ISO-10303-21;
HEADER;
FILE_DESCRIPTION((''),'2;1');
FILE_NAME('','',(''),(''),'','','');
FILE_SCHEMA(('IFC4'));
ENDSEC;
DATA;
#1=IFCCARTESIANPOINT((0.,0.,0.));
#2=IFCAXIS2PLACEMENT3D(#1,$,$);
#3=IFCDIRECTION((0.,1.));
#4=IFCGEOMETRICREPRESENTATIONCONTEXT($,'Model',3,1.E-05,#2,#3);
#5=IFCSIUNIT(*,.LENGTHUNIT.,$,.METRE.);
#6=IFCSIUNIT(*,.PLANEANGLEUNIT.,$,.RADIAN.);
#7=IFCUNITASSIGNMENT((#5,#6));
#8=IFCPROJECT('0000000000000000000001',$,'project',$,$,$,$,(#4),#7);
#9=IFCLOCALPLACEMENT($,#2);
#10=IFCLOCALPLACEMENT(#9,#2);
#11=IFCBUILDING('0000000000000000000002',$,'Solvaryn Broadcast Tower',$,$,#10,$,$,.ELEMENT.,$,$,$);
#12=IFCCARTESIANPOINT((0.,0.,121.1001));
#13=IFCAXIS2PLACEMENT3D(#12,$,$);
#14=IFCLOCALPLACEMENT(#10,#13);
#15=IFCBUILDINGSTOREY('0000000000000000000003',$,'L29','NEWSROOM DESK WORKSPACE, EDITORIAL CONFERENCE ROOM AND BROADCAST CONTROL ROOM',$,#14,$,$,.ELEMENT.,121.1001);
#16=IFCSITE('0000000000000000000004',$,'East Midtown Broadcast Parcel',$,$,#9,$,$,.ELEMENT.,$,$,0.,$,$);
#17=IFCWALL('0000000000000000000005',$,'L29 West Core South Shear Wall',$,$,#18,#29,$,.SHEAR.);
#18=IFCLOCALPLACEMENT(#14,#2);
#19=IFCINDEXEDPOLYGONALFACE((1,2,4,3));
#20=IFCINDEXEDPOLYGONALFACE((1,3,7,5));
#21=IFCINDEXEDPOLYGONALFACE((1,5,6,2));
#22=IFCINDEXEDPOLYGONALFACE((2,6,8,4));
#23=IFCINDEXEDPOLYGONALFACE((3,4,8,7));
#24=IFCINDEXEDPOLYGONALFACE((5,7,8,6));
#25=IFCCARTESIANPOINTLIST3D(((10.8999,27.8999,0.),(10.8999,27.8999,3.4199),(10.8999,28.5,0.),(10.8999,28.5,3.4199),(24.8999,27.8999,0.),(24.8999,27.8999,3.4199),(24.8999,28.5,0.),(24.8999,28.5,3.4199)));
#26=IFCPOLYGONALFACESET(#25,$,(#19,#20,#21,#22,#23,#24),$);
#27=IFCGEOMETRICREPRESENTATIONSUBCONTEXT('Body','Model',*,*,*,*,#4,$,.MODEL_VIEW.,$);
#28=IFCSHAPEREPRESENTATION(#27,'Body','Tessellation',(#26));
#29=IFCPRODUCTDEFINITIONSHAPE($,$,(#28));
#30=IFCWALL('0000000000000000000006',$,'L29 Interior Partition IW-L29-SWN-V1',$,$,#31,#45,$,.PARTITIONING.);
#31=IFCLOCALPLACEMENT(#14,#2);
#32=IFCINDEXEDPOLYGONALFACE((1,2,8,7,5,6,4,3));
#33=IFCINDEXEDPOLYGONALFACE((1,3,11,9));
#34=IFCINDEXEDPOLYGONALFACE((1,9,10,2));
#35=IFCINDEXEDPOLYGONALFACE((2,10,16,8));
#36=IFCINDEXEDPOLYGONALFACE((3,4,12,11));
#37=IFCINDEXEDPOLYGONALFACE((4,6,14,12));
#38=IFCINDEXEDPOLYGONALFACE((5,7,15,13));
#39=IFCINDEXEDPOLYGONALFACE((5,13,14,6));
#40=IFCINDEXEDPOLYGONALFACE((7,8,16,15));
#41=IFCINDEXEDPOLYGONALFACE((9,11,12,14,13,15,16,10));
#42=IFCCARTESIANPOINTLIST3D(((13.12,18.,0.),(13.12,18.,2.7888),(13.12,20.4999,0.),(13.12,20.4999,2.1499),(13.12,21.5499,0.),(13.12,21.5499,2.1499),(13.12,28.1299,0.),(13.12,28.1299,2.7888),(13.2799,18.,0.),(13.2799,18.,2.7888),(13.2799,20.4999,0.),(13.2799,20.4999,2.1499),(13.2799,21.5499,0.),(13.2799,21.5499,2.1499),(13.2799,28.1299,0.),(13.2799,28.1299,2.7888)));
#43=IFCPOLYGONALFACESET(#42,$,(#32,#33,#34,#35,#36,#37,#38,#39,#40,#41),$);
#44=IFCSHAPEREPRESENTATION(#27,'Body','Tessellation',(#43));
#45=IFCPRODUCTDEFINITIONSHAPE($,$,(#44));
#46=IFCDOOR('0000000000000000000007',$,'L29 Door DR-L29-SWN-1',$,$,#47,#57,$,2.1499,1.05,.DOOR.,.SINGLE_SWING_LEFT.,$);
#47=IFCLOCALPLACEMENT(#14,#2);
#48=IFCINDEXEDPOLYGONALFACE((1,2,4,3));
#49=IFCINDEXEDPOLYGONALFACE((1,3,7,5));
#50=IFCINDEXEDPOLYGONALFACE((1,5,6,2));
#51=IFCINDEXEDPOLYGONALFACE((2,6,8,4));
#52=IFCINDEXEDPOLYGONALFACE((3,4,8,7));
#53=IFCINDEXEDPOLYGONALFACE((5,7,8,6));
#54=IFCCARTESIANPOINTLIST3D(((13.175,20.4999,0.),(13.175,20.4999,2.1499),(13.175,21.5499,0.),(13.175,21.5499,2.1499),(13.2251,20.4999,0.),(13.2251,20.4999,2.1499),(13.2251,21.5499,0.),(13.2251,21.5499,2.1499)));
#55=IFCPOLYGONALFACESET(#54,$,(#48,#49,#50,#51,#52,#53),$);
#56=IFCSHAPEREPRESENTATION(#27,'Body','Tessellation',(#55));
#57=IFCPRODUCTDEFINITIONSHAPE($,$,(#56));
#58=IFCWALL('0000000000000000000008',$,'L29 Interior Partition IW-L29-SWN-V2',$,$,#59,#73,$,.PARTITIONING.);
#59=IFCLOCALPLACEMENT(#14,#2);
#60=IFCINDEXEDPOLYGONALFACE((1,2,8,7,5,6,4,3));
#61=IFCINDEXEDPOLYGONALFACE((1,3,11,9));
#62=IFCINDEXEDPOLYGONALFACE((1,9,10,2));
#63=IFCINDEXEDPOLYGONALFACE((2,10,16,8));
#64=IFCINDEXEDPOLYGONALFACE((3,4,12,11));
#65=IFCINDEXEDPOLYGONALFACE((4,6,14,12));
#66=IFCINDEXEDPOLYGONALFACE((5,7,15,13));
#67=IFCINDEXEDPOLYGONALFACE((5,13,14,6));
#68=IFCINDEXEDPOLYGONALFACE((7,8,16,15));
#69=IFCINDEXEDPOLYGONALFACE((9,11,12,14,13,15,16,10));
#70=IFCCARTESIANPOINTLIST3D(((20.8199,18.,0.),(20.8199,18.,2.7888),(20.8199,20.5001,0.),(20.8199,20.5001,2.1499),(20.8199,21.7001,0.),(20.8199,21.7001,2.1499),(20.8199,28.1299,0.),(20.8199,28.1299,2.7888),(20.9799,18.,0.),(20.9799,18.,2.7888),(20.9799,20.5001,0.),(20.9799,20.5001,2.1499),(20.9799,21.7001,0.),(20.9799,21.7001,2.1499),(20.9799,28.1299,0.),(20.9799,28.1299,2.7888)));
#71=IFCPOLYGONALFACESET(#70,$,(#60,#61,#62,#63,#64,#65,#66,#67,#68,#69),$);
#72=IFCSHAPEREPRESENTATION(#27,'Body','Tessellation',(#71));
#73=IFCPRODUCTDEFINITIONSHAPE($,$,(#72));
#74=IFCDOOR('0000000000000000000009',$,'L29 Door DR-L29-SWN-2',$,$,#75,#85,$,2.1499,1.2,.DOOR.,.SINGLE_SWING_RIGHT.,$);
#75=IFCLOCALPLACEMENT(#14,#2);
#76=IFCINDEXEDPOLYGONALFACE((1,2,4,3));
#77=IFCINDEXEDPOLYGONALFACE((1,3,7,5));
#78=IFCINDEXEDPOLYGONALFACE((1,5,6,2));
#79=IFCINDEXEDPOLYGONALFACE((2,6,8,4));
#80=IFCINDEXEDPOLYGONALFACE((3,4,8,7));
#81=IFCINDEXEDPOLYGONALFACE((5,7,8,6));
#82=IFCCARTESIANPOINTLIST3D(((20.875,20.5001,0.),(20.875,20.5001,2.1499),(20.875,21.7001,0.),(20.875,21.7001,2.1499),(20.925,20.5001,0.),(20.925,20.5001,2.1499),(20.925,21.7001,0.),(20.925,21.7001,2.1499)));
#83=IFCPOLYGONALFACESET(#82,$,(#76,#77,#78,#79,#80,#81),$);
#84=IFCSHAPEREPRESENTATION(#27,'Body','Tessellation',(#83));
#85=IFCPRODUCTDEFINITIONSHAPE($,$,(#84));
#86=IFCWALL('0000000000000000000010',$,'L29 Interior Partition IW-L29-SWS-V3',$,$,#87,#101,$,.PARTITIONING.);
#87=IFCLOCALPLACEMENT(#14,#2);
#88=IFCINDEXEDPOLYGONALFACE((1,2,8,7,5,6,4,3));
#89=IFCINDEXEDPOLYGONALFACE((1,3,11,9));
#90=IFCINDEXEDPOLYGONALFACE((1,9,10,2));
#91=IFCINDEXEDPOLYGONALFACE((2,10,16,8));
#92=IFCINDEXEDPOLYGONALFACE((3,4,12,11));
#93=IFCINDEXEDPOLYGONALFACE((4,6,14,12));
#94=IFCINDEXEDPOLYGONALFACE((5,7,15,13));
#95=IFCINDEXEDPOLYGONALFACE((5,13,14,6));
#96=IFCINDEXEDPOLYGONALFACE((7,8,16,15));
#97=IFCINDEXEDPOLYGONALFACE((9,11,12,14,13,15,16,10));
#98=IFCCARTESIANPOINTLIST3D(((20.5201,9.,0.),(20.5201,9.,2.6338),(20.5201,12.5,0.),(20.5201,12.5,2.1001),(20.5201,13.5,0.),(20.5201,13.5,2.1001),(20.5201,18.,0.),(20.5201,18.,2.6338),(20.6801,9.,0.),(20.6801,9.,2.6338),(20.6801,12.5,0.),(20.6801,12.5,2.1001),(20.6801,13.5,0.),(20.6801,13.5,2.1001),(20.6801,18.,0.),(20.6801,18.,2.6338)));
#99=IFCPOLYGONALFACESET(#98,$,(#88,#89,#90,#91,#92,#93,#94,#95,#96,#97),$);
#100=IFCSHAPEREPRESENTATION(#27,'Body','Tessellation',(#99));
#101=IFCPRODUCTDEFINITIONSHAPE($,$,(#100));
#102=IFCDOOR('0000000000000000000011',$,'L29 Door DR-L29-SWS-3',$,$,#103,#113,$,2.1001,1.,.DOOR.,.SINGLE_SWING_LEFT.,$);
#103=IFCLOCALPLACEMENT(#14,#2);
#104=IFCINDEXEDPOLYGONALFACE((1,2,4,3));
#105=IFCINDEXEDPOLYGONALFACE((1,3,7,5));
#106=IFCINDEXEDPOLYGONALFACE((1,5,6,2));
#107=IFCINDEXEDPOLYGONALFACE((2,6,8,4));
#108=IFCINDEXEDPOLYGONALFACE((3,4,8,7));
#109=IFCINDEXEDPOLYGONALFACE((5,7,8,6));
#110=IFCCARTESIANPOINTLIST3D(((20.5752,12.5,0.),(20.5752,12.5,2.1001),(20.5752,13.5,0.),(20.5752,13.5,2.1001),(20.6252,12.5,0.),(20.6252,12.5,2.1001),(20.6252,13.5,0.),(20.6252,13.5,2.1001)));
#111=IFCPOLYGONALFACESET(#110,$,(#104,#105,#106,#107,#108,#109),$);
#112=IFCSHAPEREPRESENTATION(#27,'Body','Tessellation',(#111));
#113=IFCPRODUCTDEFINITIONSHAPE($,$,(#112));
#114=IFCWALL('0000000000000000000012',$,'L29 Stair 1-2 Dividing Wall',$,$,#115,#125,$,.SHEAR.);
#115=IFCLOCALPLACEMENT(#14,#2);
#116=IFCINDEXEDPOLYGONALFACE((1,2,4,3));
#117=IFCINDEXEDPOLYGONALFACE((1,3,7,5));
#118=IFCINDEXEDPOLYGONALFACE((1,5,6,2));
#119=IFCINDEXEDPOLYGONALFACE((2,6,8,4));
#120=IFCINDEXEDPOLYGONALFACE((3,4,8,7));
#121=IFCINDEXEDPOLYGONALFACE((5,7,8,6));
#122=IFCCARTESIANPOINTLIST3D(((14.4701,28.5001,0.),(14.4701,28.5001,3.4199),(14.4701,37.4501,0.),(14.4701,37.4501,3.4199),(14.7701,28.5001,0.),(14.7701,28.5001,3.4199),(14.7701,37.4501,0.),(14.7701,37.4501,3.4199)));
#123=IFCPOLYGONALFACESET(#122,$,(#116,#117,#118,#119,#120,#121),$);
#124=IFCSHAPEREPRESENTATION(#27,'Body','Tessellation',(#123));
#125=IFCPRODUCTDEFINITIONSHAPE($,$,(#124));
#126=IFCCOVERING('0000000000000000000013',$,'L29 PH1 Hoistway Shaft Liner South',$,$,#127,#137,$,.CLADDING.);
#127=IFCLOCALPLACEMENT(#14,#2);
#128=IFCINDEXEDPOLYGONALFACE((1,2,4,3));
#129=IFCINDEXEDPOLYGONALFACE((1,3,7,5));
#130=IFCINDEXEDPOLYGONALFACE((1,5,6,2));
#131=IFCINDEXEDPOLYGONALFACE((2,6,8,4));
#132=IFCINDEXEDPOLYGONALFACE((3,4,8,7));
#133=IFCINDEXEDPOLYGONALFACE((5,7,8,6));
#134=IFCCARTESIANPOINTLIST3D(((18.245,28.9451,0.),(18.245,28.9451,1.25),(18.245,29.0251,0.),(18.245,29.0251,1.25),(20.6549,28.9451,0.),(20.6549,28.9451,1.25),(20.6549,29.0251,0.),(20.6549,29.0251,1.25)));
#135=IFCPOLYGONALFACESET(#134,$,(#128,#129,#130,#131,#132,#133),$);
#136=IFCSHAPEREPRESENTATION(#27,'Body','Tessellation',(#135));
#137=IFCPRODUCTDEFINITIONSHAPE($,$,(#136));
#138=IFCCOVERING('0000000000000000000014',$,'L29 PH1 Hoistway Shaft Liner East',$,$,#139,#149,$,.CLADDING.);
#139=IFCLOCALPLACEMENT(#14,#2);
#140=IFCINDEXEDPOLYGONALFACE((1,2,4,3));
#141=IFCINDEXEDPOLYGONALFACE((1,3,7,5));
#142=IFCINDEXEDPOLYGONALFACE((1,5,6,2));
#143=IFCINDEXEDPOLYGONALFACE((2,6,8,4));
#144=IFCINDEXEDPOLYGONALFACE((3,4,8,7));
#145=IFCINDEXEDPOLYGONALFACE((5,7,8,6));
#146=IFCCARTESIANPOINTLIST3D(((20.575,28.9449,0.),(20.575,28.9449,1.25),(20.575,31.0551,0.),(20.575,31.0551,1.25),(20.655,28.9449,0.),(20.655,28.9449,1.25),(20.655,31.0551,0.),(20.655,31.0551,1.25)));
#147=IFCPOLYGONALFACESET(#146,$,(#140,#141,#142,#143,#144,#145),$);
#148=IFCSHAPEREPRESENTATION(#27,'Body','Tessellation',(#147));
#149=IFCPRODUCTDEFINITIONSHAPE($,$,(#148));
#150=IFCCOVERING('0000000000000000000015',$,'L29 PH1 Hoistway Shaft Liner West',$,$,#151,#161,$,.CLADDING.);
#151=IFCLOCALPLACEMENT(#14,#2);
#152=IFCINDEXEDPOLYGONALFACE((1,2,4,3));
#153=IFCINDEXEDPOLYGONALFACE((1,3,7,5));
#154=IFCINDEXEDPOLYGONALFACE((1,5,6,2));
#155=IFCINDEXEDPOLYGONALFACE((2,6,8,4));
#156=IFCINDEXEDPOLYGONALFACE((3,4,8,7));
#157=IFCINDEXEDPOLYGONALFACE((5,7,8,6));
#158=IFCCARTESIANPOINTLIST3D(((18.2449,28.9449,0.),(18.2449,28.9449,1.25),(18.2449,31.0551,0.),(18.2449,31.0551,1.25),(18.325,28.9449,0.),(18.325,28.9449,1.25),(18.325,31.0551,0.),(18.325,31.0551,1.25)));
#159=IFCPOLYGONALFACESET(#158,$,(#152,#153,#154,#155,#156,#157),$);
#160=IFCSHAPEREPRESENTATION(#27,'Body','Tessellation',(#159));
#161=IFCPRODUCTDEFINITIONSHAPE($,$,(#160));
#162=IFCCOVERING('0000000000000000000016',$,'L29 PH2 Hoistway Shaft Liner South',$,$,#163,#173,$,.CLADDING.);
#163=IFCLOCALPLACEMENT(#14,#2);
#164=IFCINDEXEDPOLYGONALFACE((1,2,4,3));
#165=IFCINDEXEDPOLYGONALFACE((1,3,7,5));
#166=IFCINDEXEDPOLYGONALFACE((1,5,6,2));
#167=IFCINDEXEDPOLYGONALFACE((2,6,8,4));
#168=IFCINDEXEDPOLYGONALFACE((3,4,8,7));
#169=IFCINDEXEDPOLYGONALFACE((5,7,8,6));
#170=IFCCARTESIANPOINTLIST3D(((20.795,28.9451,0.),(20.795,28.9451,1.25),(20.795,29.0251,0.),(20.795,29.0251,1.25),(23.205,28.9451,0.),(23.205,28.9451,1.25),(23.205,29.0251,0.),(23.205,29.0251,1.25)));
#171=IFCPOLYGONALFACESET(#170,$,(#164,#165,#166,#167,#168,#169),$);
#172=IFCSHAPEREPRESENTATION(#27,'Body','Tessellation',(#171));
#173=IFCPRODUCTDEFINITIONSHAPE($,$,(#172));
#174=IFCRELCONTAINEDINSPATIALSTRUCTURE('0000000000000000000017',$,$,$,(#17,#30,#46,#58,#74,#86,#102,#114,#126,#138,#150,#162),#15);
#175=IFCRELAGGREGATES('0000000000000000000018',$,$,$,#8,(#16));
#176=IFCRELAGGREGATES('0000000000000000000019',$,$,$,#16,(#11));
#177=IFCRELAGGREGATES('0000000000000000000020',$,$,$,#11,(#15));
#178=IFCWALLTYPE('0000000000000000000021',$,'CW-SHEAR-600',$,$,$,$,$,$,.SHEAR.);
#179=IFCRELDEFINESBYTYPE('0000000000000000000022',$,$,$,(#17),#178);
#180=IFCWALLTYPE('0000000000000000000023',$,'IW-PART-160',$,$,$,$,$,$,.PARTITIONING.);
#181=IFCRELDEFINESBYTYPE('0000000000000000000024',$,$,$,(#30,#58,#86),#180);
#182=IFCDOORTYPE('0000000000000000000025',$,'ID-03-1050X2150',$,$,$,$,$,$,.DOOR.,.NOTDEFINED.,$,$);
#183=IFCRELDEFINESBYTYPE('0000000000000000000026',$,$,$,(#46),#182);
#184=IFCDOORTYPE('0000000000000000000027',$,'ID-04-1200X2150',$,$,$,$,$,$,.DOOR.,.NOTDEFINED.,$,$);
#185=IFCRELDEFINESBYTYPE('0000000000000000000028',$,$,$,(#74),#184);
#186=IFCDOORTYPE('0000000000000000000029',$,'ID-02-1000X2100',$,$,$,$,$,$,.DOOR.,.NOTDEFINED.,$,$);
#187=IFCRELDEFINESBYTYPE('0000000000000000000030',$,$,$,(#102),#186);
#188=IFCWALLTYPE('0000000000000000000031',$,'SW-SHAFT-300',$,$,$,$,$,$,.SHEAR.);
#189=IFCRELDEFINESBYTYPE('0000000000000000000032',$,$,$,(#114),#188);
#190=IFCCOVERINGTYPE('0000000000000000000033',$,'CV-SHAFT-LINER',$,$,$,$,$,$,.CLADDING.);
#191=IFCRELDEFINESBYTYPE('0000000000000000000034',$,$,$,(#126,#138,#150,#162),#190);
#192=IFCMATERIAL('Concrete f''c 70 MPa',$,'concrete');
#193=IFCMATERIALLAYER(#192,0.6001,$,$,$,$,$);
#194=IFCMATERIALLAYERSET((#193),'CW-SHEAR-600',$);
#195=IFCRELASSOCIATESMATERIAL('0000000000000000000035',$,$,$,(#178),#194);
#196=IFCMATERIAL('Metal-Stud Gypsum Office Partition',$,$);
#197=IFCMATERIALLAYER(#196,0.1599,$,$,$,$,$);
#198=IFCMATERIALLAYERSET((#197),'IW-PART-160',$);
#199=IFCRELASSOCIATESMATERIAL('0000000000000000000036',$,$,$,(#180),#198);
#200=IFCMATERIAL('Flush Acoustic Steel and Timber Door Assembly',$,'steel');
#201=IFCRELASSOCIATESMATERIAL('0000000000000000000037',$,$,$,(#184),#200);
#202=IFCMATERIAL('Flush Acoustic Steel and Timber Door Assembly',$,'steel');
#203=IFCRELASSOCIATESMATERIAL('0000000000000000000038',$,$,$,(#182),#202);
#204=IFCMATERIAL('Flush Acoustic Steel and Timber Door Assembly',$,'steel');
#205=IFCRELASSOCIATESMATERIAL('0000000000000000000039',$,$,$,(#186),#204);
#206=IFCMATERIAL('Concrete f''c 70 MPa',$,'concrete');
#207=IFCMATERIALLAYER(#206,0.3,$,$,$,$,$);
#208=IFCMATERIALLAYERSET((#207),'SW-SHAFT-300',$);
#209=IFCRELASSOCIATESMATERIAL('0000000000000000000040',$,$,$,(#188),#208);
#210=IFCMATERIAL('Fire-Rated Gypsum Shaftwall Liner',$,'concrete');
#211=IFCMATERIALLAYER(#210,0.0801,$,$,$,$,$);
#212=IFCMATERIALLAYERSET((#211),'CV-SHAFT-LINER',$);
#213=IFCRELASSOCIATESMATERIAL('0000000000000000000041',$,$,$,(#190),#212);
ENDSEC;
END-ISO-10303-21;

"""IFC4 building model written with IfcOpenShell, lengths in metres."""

from ifc_helpers import new_model, si_unit, direction, frame, frame_2d, origin, origin_2d, place, context, subcontext, project, spatial, rectangle, extrude, material, layer, layer_set, type_object, element, fill, save


model = new_model("IFC4")

# Units and contexts
model_context = context("Model", 3, precision=1e-05, world=origin(), true_north=direction((0.0, 1.0)))
body_context = subcontext(model_context, "Body", "Model", "MODEL_VIEW")
ifc_project = project(units=[si_unit("LENGTHUNIT", "METRE"), si_unit("PLANEANGLEUNIT", "RADIAN")], contexts=[model_context])

# Site, building, storey
site_placement = place(None, origin())
site = spatial("IfcSite", under=ifc_project, at=site_placement, Name="East Midtown Broadcast Parcel", CompositionType="ELEMENT", RefElevation=0.0)
building_placement = place(site_placement, origin())
building = spatial("IfcBuilding", under=site, at=building_placement, Name="Solvaryn Broadcast Tower", CompositionType="ELEMENT")
storey_placement = place(building_placement, frame((0.0, 0.0, 121.1001)))
storey = spatial("IfcBuildingStorey", under=building, at=storey_placement, Name="L29", Description="NEWSROOM DESK WORKSPACE, EDITORIAL CONFERENCE ROOM AND BROADCAST CONTROL ROOM", CompositionType="ELEMENT", Elevation=121.1001)

# Wall
ifc_material_1 = material(Name="Concrete f'c 70 MPa", Category="concrete")
ifc_layer_1 = layer(ifc_material_1, 0.6001)
ifc_layer_set_1 = layer_set([ifc_layer_1], Name="CW-SHEAR-600")
wall_type_1 = type_object("IfcWallType", Name="CW-SHEAR-600", PredefinedType="SHEAR", material=ifc_layer_set_1)
wall_1_placement = place(storey_placement, frame((10.8999, 28.2, 0.0), z_axis=(0.0, 0.0, 1.0), x_axis=(1.0, 0.0, 0.0)))
element("IfcWall", 1, at=wall_1_placement, inside=storey, type_object=wall_type_1, Name="L29 West Core South Shear Wall", PredefinedType="SHEAR", context=body_context, shape_type="SweptSolid", body=[
    extrude(rectangle(XDim=14.0, YDim=0.6001, at=frame_2d((7.0, 0.0))), origin(), (0.0, 0.0, 1.0), 3.4199),
])

# Walls, openings, doors
ifc_material_2 = material(Name="Metal-Stud Gypsum Office Partition")
ifc_layer_2 = layer(ifc_material_2, 0.1599)
ifc_layer_set_2 = layer_set([ifc_layer_2], Name="IW-PART-160")
wall_type_2 = type_object("IfcWallType", Name="IW-PART-160", PredefinedType="PARTITIONING", material=ifc_layer_set_2)
ifc_material_3 = material(Name="Flush Acoustic Steel and Timber Door Assembly", Category="steel")
door_type_1 = type_object("IfcDoorType", Name="ID-04-1200X2150", OperationType="NOTDEFINED", PredefinedType="DOOR", material=ifc_material_3)
wall_2_placement = place(storey_placement, frame((13.2, 18.0, 0.0), z_axis=(0.0, 0.0, 1.0), x_axis=(0.0, 1.0, 0.0)))
wall_2 = element("IfcWall", 2, at=wall_2_placement, inside=storey, type_object=wall_type_2, Name="L29 Interior Partition IW-L29-SWN-V1", PredefinedType="PARTITIONING", context=body_context, shape_type="SweptSolid", body=[
    extrude(rectangle(XDim=10.1299, YDim=0.1599, at=frame_2d((5.0649, 0.0))), origin(), (0.0, 0.0, 1.0), 2.7888),
])
opening_1_placement = place(wall_2_placement, frame((2.5, 0.0, 0.0)))
opening_1 = element("IfcOpeningElement", 3, at=opening_1_placement, cuts=wall_2, PredefinedType="OPENING", context=body_context, shape_type="SweptSolid", body=[
    extrude(rectangle(XDim=1.05, YDim=2.1499, at=frame_2d((0.5249, 1.075))), frame((0.0, 0.0901, 0.0), z_axis=(0.0, -1.0, 0.0), x_axis=(1.0, 0.0, 0.0)), (0.0, 0.0, 1.0), 0.1799),
])
ifc_material_4 = material(Name="Flush Acoustic Steel and Timber Door Assembly", Category="steel")
door_type_2 = type_object("IfcDoorType", Name="ID-03-1050X2150", OperationType="NOTDEFINED", PredefinedType="DOOR", material=ifc_material_4)
door_1_placement = place(opening_1_placement, origin())
door_1 = element("IfcDoor", 4, at=door_1_placement, inside=storey, type_object=door_type_2, Name="L29 Door DR-L29-SWN-1", OperationType="SINGLE_SWING_LEFT", OverallHeight=2.1499, OverallWidth=1.05, PredefinedType="DOOR", context=body_context, shape_type="SweptSolid", body=[
    extrude(rectangle(XDim=1.05, YDim=2.1499, at=frame_2d((0.5249, 1.075))), frame((0.0, 0.0249, 0.0), z_axis=(0.0, -1.0, 0.0), x_axis=(1.0, 0.0, 0.0)), (0.0, 0.0, 1.0), 0.05),
])
fill(opening_1, door_1)
wall_3_placement = place(storey_placement, frame((20.8999, 18.0, 0.0), z_axis=(0.0, 0.0, 1.0), x_axis=(0.0, 1.0, 0.0)))
wall_3 = element("IfcWall", 5, at=wall_3_placement, inside=storey, type_object=wall_type_2, Name="L29 Interior Partition IW-L29-SWN-V2", PredefinedType="PARTITIONING", context=body_context, shape_type="SweptSolid", body=[
    extrude(rectangle(XDim=10.1299, YDim=0.1599, at=frame_2d((5.0649, 0.0))), origin(), (0.0, 0.0, 1.0), 2.7888),
])
opening_2_placement = place(wall_3_placement, frame((2.5, 0.0, 0.0)))
opening_2 = element("IfcOpeningElement", 6, at=opening_2_placement, cuts=wall_3, PredefinedType="OPENING", context=body_context, shape_type="SweptSolid", body=[
    extrude(rectangle(XDim=1.2, YDim=2.1499, at=frame_2d((0.6001, 1.075))), frame((0.0, 0.0901, 0.0), z_axis=(0.0, -1.0, 0.0), x_axis=(1.0, 0.0, 0.0)), (0.0, 0.0, 1.0), 0.1799),
])
door_2_placement = place(opening_2_placement, origin())
door_2 = element("IfcDoor", 7, at=door_2_placement, inside=storey, type_object=door_type_1, Name="L29 Door DR-L29-SWN-2", OperationType="SINGLE_SWING_RIGHT", OverallHeight=2.1499, OverallWidth=1.2, PredefinedType="DOOR", context=body_context, shape_type="SweptSolid", body=[
    extrude(rectangle(XDim=1.2, YDim=2.1499, at=frame_2d((0.6001, 1.075))), frame((0.0, 0.0249, 0.0), z_axis=(0.0, -1.0, 0.0), x_axis=(1.0, 0.0, 0.0)), (0.0, 0.0, 1.0), 0.05),
])
fill(opening_2, door_2)
wall_4_placement = place(storey_placement, frame((20.6001, 9.0, 0.0), z_axis=(0.0, 0.0, 1.0), x_axis=(0.0, 1.0, 0.0)))
wall_4 = element("IfcWall", 8, at=wall_4_placement, inside=storey, type_object=wall_type_2, Name="L29 Interior Partition IW-L29-SWS-V3", PredefinedType="PARTITIONING", context=body_context, shape_type="SweptSolid", body=[
    extrude(rectangle(XDim=9.0, YDim=0.1599, at=frame_2d((4.5, 0.0))), origin(), (0.0, 0.0, 1.0), 2.6338),
])
opening_3_placement = place(wall_4_placement, frame((3.5, 0.0, 0.0)))
opening_3 = element("IfcOpeningElement", 9, at=opening_3_placement, cuts=wall_4, PredefinedType="OPENING", context=body_context, shape_type="SweptSolid", body=[
    extrude(rectangle(XDim=1.0, YDim=2.1001, at=frame_2d((0.5, 1.05))), frame((0.0, 0.0901, 0.0), z_axis=(0.0, -1.0, 0.0), x_axis=(1.0, 0.0, 0.0)), (0.0, 0.0, 1.0), 0.1799),
])
ifc_material_5 = material(Name="Flush Acoustic Steel and Timber Door Assembly", Category="steel")
door_type_3 = type_object("IfcDoorType", Name="ID-02-1000X2100", OperationType="NOTDEFINED", PredefinedType="DOOR", material=ifc_material_5)
door_3_placement = place(opening_3_placement, origin())
door_3 = element("IfcDoor", 10, at=door_3_placement, inside=storey, type_object=door_type_3, Name="L29 Door DR-L29-SWS-3", OperationType="SINGLE_SWING_LEFT", OverallHeight=2.1001, OverallWidth=1.0, PredefinedType="DOOR", context=body_context, shape_type="SweptSolid", body=[
    extrude(rectangle(XDim=1.0, YDim=2.1001, at=frame_2d((0.5, 1.05))), frame((0.0, 0.0249, 0.0), z_axis=(0.0, -1.0, 0.0), x_axis=(1.0, 0.0, 0.0)), (0.0, 0.0, 1.0), 0.05),
])
fill(opening_3, door_3)

# Wall
ifc_material_6 = material(Name="Concrete f'c 70 MPa", Category="concrete")
ifc_layer_3 = layer(ifc_material_6, 0.3)
ifc_layer_set_3 = layer_set([ifc_layer_3], Name="SW-SHAFT-300")
wall_type_3 = type_object("IfcWallType", Name="SW-SHAFT-300", PredefinedType="SHEAR", material=ifc_layer_set_3)
wall_5_placement = place(storey_placement, frame((14.6201, 28.5, 0.0), z_axis=(0.0, 0.0, 1.0), x_axis=(0.0, 1.0, 0.0)))
element("IfcWall", 11, at=wall_5_placement, inside=storey, type_object=wall_type_3, Name="L29 Stair 1-2 Dividing Wall", PredefinedType="SHEAR", context=body_context, shape_type="SweptSolid", body=[
    extrude(rectangle(XDim=8.95, YDim=0.3, at=frame_2d((4.4751, 0.0))), origin(), (0.0, 0.0, 1.0), 3.4199),
])

# Coverings
ifc_material_7 = material(Name="Fire-Rated Gypsum Shaftwall Liner", Category="concrete")
ifc_layer_4 = layer(ifc_material_7, 0.0801)
ifc_layer_set_4 = layer_set([ifc_layer_4], Name="CV-SHAFT-LINER")
covering_type = type_object("IfcCoveringType", Name="CV-SHAFT-LINER", PredefinedType="CLADDING", material=ifc_layer_set_4)
covering_1_placement = place(storey_placement, frame((19.45, 28.9851, 0.0), z_axis=(0.0, 0.0, 1.0), x_axis=(1.0, 0.0, 0.0)))
element("IfcCovering", 12, at=covering_1_placement, inside=storey, type_object=covering_type, Name="L29 PH1 Hoistway Shaft Liner South", PredefinedType="CLADDING", context=body_context, shape_type="SweptSolid", body=[
    extrude(rectangle(XDim=2.4099, YDim=0.0801, at=origin_2d()), origin(), (0.0, 0.0, 1.0), 1.25),
])
for number, where, z_axis, x_axis, name in (
    (13, (20.615, 30.0, 0.0), (0.0, 0.0, 1.0), (1.0, 0.0, 0.0), "L29 PH1 Hoistway Shaft Liner East"),
    (14, (18.2849, 30.0, 0.0), (0.0, 0.0, 1.0), (1.0, 0.0, 0.0), "L29 PH1 Hoistway Shaft Liner West"),
):
    element("IfcCovering", number, at=place(storey_placement, frame(where, z_axis=z_axis, x_axis=x_axis)), inside=storey, type_object=covering_type, Name=name, PredefinedType="CLADDING", context=body_context, shape_type="SweptSolid", body=[
        extrude(rectangle(XDim=0.0801, YDim=2.1101, at=origin_2d()), origin(), (0.0, 0.0, 1.0), 1.25),
    ])
covering_2_placement = place(storey_placement, frame((22.0, 28.9851, 0.0), z_axis=(0.0, 0.0, 1.0), x_axis=(1.0, 0.0, 0.0)))
element("IfcCovering", 15, at=covering_2_placement, inside=storey, type_object=covering_type, Name="L29 PH2 Hoistway Shaft Liner South", PredefinedType="CLADDING", context=body_context, shape_type="SweptSolid", body=[
    extrude(rectangle(XDim=2.4099, YDim=0.0801, at=origin_2d()), origin(), (0.0, 0.0, 1.0), 1.25),
])

save(model, "model.ifc")
